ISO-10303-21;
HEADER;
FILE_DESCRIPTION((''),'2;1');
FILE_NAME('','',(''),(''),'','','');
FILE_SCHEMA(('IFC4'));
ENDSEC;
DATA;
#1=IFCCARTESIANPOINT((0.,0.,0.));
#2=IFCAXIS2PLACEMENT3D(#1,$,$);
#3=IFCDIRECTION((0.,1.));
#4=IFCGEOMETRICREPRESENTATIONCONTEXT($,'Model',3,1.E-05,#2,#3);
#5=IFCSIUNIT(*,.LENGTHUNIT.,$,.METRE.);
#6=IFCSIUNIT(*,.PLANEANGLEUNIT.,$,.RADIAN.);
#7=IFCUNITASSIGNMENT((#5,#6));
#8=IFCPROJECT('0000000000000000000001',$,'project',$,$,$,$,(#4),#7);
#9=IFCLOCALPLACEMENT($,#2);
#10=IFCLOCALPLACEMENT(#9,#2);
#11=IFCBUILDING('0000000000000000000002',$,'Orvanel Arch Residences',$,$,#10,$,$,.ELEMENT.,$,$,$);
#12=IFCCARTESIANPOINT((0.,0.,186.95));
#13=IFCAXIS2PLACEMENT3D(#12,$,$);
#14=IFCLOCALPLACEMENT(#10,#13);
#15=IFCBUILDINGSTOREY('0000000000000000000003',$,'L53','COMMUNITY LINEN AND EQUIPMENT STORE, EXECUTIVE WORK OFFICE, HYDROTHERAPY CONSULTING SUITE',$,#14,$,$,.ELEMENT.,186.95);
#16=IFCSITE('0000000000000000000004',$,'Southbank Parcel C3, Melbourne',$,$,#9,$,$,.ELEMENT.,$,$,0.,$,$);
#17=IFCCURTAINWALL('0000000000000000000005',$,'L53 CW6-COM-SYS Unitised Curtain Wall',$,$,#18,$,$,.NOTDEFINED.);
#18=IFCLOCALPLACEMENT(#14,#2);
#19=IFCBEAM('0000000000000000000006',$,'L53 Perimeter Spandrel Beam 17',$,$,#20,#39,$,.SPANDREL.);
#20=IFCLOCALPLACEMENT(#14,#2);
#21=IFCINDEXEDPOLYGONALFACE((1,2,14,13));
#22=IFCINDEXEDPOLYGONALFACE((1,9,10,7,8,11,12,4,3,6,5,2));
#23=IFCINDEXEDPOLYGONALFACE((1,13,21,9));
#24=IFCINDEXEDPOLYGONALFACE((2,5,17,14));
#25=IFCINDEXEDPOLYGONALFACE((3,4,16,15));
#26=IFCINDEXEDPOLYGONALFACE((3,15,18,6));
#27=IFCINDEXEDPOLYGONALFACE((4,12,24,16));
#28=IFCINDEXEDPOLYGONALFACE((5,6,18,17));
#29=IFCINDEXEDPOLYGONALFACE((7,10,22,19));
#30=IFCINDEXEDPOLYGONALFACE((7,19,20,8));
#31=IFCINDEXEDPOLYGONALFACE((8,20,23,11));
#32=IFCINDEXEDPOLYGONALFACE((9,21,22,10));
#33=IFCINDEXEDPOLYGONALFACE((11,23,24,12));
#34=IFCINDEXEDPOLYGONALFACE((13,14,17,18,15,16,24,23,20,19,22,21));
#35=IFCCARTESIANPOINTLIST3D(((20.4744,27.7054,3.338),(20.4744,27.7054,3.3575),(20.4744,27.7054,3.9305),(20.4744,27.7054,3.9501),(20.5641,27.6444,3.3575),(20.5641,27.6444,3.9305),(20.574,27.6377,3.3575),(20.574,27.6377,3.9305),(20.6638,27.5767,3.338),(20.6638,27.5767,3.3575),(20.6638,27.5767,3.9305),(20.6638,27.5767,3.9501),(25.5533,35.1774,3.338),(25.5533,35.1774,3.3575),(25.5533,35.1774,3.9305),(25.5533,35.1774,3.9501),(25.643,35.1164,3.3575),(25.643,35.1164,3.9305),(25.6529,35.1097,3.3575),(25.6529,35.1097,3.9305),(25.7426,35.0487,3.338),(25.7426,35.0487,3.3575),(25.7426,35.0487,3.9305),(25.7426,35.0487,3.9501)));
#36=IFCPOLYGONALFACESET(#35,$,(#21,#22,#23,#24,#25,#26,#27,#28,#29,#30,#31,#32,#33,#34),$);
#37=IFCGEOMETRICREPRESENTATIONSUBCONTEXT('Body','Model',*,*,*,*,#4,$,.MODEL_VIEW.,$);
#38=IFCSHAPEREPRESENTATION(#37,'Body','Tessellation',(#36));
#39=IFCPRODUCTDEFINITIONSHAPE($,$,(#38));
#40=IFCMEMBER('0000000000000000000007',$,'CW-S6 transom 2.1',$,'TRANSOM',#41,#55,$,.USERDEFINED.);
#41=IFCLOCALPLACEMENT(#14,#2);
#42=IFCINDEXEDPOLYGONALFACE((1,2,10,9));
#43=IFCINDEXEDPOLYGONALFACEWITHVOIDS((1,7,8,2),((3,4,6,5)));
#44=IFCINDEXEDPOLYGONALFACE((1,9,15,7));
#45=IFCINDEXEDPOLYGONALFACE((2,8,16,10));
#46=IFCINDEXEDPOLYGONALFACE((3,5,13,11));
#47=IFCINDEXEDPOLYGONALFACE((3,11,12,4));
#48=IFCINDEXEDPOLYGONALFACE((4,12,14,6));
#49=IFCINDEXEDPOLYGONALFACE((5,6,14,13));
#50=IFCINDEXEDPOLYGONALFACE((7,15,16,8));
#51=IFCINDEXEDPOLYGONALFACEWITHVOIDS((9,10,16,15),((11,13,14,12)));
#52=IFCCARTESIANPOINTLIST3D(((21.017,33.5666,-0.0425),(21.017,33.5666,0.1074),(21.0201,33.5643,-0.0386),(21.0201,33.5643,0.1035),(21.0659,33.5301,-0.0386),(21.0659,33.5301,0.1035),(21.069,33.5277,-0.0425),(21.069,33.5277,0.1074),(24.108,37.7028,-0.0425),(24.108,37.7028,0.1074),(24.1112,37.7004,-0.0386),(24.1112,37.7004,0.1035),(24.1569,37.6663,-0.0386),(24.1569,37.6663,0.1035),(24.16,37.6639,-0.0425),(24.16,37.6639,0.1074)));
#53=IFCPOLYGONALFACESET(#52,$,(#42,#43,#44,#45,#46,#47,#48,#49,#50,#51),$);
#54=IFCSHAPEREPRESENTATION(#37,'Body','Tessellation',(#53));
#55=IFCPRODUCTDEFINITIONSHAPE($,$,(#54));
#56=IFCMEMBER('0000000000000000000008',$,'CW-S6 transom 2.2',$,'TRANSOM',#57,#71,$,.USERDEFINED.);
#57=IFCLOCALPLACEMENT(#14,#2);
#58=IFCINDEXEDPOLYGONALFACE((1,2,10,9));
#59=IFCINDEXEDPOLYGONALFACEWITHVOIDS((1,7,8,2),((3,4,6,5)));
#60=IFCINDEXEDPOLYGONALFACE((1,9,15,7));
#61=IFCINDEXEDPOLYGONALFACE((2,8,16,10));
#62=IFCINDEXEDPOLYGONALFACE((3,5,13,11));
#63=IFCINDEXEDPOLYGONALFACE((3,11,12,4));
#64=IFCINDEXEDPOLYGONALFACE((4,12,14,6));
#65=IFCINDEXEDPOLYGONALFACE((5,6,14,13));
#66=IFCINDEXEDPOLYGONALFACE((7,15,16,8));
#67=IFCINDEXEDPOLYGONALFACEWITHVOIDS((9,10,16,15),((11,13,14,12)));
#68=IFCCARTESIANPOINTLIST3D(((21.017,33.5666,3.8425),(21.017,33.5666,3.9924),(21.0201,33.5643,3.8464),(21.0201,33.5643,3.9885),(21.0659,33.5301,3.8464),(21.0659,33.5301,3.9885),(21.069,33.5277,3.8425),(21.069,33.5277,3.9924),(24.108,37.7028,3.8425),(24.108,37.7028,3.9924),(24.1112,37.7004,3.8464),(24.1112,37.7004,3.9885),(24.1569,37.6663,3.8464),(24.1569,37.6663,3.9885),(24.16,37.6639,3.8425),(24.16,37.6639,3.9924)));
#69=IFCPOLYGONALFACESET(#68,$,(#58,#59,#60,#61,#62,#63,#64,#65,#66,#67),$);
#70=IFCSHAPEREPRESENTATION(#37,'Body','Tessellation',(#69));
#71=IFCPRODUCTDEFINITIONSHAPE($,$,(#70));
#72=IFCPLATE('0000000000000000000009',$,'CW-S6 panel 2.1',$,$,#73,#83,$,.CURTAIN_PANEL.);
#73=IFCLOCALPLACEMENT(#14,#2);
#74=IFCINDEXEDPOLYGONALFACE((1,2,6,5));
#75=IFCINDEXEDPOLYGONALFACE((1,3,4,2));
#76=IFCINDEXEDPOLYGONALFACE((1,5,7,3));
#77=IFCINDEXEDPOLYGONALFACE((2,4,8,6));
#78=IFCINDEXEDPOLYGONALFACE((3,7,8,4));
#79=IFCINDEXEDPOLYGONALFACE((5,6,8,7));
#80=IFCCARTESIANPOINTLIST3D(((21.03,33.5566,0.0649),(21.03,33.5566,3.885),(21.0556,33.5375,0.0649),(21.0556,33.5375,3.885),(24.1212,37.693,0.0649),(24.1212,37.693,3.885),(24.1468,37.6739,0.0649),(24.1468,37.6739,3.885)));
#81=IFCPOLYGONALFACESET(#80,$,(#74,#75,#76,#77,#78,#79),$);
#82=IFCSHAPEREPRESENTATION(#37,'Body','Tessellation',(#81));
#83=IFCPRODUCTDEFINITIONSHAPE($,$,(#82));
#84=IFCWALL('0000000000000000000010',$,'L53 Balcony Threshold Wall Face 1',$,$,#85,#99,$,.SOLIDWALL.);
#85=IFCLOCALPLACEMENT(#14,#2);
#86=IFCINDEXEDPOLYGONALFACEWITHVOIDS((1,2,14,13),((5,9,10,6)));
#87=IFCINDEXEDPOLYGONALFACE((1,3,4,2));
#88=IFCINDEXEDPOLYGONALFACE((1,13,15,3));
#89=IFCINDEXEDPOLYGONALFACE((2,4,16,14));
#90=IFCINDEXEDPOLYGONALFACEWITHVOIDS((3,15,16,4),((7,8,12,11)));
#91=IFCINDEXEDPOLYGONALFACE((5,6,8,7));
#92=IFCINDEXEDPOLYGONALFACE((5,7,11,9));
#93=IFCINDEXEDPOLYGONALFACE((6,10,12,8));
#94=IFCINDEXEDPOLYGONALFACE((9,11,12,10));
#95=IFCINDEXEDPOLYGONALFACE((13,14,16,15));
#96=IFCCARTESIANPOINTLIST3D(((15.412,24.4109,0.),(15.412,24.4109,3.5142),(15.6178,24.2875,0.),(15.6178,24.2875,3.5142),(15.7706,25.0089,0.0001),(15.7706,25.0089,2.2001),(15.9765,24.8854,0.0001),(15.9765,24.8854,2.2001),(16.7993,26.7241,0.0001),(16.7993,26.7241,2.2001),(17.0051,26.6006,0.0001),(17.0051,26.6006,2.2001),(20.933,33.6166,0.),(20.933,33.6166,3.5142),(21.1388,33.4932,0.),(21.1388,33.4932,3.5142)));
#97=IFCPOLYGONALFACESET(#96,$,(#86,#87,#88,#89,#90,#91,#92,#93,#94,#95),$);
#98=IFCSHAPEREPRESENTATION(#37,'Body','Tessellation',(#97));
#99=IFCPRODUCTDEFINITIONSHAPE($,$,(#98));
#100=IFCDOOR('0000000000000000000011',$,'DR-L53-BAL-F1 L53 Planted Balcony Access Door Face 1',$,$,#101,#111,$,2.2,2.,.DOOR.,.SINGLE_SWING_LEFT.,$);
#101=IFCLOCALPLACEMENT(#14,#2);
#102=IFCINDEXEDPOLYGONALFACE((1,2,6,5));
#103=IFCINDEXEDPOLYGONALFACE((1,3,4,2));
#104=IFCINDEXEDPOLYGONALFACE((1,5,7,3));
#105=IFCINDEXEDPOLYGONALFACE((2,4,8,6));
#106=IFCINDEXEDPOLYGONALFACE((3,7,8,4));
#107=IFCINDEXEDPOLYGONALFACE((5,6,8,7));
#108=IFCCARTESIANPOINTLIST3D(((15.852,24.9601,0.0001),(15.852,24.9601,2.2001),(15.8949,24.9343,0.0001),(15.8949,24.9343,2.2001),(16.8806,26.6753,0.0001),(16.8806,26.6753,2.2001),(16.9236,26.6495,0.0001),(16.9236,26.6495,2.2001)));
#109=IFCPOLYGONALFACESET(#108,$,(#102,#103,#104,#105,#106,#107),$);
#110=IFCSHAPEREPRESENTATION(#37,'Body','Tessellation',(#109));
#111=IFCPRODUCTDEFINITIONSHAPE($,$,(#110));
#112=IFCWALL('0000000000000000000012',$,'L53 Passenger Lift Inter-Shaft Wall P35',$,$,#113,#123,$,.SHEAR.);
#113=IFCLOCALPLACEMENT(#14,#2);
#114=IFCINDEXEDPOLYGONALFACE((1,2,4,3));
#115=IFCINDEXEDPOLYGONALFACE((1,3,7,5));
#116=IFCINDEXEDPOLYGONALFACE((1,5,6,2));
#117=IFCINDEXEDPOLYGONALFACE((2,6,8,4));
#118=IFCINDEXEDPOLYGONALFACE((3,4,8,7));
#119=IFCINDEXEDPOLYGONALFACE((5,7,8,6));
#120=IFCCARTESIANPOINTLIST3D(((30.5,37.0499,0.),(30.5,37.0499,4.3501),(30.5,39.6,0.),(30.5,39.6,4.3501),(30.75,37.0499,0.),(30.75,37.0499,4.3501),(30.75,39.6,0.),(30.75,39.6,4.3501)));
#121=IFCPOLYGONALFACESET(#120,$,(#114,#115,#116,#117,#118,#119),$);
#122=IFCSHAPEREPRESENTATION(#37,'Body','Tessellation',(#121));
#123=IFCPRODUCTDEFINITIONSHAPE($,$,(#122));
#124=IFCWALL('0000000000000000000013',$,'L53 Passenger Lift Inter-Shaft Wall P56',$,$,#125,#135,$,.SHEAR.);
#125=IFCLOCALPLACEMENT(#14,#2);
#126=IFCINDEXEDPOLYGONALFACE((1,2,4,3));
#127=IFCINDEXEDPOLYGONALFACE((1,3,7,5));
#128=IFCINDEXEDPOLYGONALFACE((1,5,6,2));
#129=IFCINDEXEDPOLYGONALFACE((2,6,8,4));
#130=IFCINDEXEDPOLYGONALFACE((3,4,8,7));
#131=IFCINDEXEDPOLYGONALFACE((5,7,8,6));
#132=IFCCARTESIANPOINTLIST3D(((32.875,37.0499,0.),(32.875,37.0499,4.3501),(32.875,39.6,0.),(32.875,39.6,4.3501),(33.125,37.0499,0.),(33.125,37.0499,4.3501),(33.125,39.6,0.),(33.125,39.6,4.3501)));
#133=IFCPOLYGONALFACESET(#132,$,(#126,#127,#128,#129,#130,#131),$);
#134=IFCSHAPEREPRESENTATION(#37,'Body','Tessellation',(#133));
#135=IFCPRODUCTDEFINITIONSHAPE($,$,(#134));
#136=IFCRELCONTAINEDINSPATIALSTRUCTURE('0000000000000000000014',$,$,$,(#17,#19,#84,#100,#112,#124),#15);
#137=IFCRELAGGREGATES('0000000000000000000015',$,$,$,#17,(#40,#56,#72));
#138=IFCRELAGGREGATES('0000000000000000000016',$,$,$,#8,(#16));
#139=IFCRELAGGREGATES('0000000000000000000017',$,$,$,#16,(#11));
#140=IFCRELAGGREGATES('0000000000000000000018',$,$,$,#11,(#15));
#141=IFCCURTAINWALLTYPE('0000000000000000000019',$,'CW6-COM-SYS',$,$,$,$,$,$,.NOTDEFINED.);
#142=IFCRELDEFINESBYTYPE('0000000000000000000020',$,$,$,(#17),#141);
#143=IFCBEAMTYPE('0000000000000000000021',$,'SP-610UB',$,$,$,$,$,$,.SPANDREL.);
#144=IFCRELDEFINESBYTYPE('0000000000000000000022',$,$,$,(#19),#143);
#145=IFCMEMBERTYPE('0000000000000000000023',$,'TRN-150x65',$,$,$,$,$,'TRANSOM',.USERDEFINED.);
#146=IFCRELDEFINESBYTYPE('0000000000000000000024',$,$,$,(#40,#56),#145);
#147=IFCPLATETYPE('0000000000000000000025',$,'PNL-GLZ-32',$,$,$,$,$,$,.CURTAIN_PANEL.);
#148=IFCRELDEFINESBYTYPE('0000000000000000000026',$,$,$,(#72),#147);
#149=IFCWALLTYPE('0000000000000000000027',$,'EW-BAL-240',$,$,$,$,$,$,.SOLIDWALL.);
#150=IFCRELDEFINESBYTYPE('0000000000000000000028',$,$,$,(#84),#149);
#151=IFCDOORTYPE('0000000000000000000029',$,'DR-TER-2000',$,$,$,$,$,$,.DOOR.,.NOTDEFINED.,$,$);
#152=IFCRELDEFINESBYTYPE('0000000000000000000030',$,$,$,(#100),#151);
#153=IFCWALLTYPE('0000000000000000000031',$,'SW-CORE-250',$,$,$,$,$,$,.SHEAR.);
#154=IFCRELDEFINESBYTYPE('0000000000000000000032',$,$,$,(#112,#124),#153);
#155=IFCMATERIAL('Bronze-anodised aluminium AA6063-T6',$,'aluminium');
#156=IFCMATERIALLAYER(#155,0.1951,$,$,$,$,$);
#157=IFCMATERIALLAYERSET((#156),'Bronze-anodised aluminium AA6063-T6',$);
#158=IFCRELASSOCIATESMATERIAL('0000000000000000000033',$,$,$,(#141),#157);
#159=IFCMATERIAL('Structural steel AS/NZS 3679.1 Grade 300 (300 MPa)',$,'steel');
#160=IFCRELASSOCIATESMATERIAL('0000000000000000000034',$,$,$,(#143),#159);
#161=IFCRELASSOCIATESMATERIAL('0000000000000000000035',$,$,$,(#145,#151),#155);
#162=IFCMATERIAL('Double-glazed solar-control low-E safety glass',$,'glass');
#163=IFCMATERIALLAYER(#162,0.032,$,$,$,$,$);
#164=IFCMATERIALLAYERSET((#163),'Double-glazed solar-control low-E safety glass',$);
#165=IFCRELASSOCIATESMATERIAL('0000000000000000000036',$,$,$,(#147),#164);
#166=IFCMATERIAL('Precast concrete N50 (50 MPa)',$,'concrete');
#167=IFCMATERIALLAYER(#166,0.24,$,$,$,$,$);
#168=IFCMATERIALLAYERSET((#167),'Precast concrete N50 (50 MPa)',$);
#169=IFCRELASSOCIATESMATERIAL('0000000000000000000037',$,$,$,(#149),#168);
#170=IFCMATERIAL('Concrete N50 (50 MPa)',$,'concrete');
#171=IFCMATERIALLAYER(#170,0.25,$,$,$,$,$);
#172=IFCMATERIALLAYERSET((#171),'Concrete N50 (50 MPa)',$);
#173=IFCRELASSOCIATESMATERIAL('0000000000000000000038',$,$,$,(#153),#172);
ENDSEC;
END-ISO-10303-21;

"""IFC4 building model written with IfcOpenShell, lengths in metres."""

from ifc_helpers import new_model, si_unit, direction, frame, frame_2d, origin, origin_2d, place, context, subcontext, project, spatial, rectangle, hollow_rectangle, i_section, extrude, material, layer, layer_set, material_profile, profile_set, type_object, element, fill, aggregate, save


model = new_model("IFC4")

# Units and contexts
model_context = context("Model", 3, precision=1e-05, world=origin(), true_north=direction((0.0, 1.0)))
body_context = subcontext(model_context, "Body", "Model", "MODEL_VIEW")
ifc_project = project(units=[si_unit("LENGTHUNIT", "METRE"), si_unit("PLANEANGLEUNIT", "RADIAN")], contexts=[model_context])

# Site, building, storey
site_placement = place(None, origin())
site = spatial("IfcSite", under=ifc_project, at=site_placement, Name="Southbank Parcel C3, Melbourne", CompositionType="ELEMENT", RefElevation=0.0)
building_placement = place(site_placement, origin())
building = spatial("IfcBuilding", under=site, at=building_placement, Name="Orvanel Arch Residences", CompositionType="ELEMENT")
storey_placement = place(building_placement, frame((0.0, 0.0, 186.95)))
storey = spatial("IfcBuildingStorey", under=building, at=storey_placement, Name="L53", Description="COMMUNITY LINEN AND EQUIPMENT STORE, EXECUTIVE WORK OFFICE, HYDROTHERAPY CONSULTING SUITE", CompositionType="ELEMENT", Elevation=186.95)

# Shared definitions
ifc_material_1 = material(Name="Structural steel AS/NZS 3679.1 Grade 300 (300 MPa)", Category="steel")

# Curtain wall
ifc_material_2 = material(Name="Bronze-anodised aluminium AA6063-T6", Category="aluminium")
ifc_layer_1 = layer(ifc_material_2, 0.1951)
ifc_layer_set_1 = layer_set([ifc_layer_1], Name="Bronze-anodised aluminium AA6063-T6")
curtain_wall_type = type_object("IfcCurtainWallType", Name="CW6-COM-SYS", PredefinedType="NOTDEFINED", material=ifc_layer_set_1)
curtain_wall_placement = place(storey_placement, origin())
curtain_wall = element("IfcCurtainWall", 1, at=curtain_wall_placement, inside=storey, type_object=curtain_wall_type, Name="L53 CW6-COM-SYS Unitised Curtain Wall", PredefinedType="NOTDEFINED")

# Beam
ifc_material_profile_1 = material_profile(ifc_material_1, i_section(OverallWidth=0.229, OverallDepth=0.6121, WebThickness=0.012, FlangeThickness=0.0195, at=origin_2d()), Name="610UB125")
ifc_profile_set_1 = profile_set([ifc_material_profile_1], Name="Structural steel AS/NZS 3679.1 Grade 300 (300 MPa)")
beam_type_1 = type_object("IfcBeamType", Name="SP-610UB", PredefinedType="SPANDREL", material=ifc_profile_set_1)
beam_1_placement = place(storey_placement, frame((25.6479, 35.113, 3.644), z_axis=(-0.562155, -0.827032, 0.0), x_axis=(0.827032, -0.562155, 0.0)))
element("IfcBeam", 2, at=beam_1_placement, inside=storey, type_object=beam_type_1, Name="L53 Perimeter Spandrel Beam 17", PredefinedType="SPANDREL", context=body_context, shape_type="SweptSolid", body=[
    extrude(i_section(OverallWidth=0.229, OverallDepth=0.6121, WebThickness=0.012, FlangeThickness=0.0195, at=origin_2d()), origin(), (0.0, 0.0, 1.0), 9.0347),
])

# Members
ifc_material_profile_2 = material_profile(ifc_material_2, hollow_rectangle(XDim=0.0649, YDim=0.1499, WallThickness=0.0039, at=origin_2d()), Name="ALU150x65x4")
ifc_profile_set_2 = profile_set([ifc_material_profile_2], Name="Bronze-anodised aluminium AA6063-T6")
member_type_1 = type_object("IfcMemberType", Name="TRN-150x65", ElementType="TRANSOM", PredefinedType="USERDEFINED", material=ifc_profile_set_2)
member_1_placement = place(storey_placement, frame((24.134, 37.6833, 0.0325), z_axis=(-0.598622, -0.801031, 0.0), x_axis=(0.801031, -0.598622, 0.0)))
member_1 = element("IfcMember", 3, at=member_1_placement, type_object=member_type_1, Name="CW-S6 transom 2.1", ObjectType="TRANSOM", PredefinedType="USERDEFINED", context=body_context, shape_type="SweptSolid", body=[
    extrude(hollow_rectangle(XDim=0.0649, YDim=0.1499, WallThickness=0.0039, at=origin_2d()), origin(), (0.0, 0.0, 1.0), 5.1636),
])
member_2_placement = place(storey_placement, frame((24.134, 37.6833, 3.9175), z_axis=(-0.598622, -0.801031, 0.0), x_axis=(0.801031, -0.598622, 0.0)))
member_2 = element("IfcMember", 4, at=member_2_placement, type_object=member_type_1, Name="CW-S6 transom 2.2", ObjectType="TRANSOM", PredefinedType="USERDEFINED", context=body_context, shape_type="SweptSolid", body=[
    extrude(hollow_rectangle(XDim=0.0649, YDim=0.1499, WallThickness=0.0039, at=origin_2d()), origin(), (0.0, 0.0, 1.0), 5.1636),
])

# Plate
ifc_material_3 = material(Name="Double-glazed solar-control low-E safety glass", Category="glass")
ifc_layer_2 = layer(ifc_material_3, 0.032)
ifc_layer_set_2 = layer_set([ifc_layer_2], Name="Double-glazed solar-control low-E safety glass")
plate_type = type_object("IfcPlateType", Name="PNL-GLZ-32", PredefinedType="CURTAIN_PANEL", material=ifc_layer_set_2)
plate_placement = place(storey_placement, frame((22.5884, 35.6152, 0.0649), z_axis=(0.0, 0.0, 1.0), x_axis=(-0.598619, -0.801034, 0.0)))
plate = element("IfcPlate", 5, at=plate_placement, type_object=plate_type, Name="CW-S6 panel 2.1", PredefinedType="CURTAIN_PANEL", context=body_context, shape_type="SweptSolid", body=[
    extrude(rectangle(XDim=5.1638, YDim=0.032, at=origin_2d()), origin(), (0.0, 0.0, 1.0), 3.8201),
])
aggregate(curtain_wall, [member_1, member_2, plate])

# Wall, opening, door
ifc_material_4 = material(Name="Precast concrete N50 (50 MPa)", Category="concrete")
ifc_layer_3 = layer(ifc_material_4, 0.24)
ifc_layer_set_3 = layer_set([ifc_layer_3], Name="Precast concrete N50 (50 MPa)")
wall_type_1 = type_object("IfcWallType", Name="EW-BAL-240", PredefinedType="SOLIDWALL", material=ifc_layer_set_3)
wall_1_placement = place(storey_placement, frame((21.0359, 33.5549, 0.0), z_axis=(0.0, 0.0, 1.0), x_axis=(-0.514325, -0.857595, 0.0)))
wall_1 = element("IfcWall", 6, at=wall_1_placement, inside=storey, type_object=wall_type_1, Name="L53 Balcony Threshold Wall Face 1", PredefinedType="SOLIDWALL", context=body_context, shape_type="SweptSolid", body=[
    extrude(rectangle(XDim=10.7344, YDim=0.24, at=frame_2d((5.3672, 0.0))), origin(), (0.0, 0.0, 1.0), 3.5142),
])
opening_1_placement = place(wall_1_placement, frame((8.0371, 0.0, 0.0)))
opening_1 = element("IfcOpeningElement", 7, at=opening_1_placement, cuts=wall_1, PredefinedType="OPENING", context=body_context, shape_type="SweptSolid", body=[
    extrude(rectangle(XDim=2.0, YDim=2.2, at=frame_2d((1.0, 1.1001))), frame((0.0, 0.1299, 0.0), z_axis=(0.0, -1.0, 0.0), x_axis=(1.0, 0.0, 0.0)), (0.0, 0.0, 1.0), 0.26),
])
door_type_1 = type_object("IfcDoorType", Name="DR-TER-2000", OperationType="NOTDEFINED", PredefinedType="DOOR", material=ifc_material_2)
door_1_placement = place(opening_1_placement, origin())
door_1 = element("IfcDoor", 8, at=door_1_placement, inside=storey, type_object=door_type_1, Name="DR-L53-BAL-F1 L53 Planted Balcony Access Door Face 1", OperationType="SINGLE_SWING_LEFT", OverallHeight=2.2, OverallWidth=2.0, PredefinedType="DOOR", context=body_context, shape_type="SweptSolid", body=[
    extrude(rectangle(XDim=2.0, YDim=2.2, at=frame_2d((1.0, 1.1001))), frame((0.0, 0.0249, 0.0), z_axis=(0.0, -1.0, 0.0), x_axis=(1.0, 0.0, 0.0)), (0.0, 0.0, 1.0), 0.05),
])
fill(opening_1, door_1)

# Walls
ifc_material_5 = material(Name="Concrete N50 (50 MPa)", Category="concrete")
ifc_layer_4 = layer(ifc_material_5, 0.25)
ifc_layer_set_4 = layer_set([ifc_layer_4], Name="Concrete N50 (50 MPa)")
wall_type_2 = type_object("IfcWallType", Name="SW-CORE-250", PredefinedType="SHEAR", material=ifc_layer_set_4)
for number, where, z_axis, x_axis, name in (
    (9, (30.625, 37.05, 0.0), (0.0, 0.0, 1.0), (0.0, 1.0, 0.0), "L53 Passenger Lift Inter-Shaft Wall P35"),
    (10, (33.0, 37.05, 0.0), (0.0, 0.0, 1.0), (0.0, 1.0, 0.0), "L53 Passenger Lift Inter-Shaft Wall P56"),
):
    element("IfcWall", number, at=place(storey_placement, frame(where, z_axis=z_axis, x_axis=x_axis)), inside=storey, type_object=wall_type_2, Name=name, PredefinedType="SHEAR", context=body_context, shape_type="SweptSolid", body=[
        extrude(rectangle(XDim=2.55, YDim=0.25, at=frame_2d((1.2749, 0.0))), origin(), (0.0, 0.0, 1.0), 4.3501),
    ])

save(model, "model.ifc")
